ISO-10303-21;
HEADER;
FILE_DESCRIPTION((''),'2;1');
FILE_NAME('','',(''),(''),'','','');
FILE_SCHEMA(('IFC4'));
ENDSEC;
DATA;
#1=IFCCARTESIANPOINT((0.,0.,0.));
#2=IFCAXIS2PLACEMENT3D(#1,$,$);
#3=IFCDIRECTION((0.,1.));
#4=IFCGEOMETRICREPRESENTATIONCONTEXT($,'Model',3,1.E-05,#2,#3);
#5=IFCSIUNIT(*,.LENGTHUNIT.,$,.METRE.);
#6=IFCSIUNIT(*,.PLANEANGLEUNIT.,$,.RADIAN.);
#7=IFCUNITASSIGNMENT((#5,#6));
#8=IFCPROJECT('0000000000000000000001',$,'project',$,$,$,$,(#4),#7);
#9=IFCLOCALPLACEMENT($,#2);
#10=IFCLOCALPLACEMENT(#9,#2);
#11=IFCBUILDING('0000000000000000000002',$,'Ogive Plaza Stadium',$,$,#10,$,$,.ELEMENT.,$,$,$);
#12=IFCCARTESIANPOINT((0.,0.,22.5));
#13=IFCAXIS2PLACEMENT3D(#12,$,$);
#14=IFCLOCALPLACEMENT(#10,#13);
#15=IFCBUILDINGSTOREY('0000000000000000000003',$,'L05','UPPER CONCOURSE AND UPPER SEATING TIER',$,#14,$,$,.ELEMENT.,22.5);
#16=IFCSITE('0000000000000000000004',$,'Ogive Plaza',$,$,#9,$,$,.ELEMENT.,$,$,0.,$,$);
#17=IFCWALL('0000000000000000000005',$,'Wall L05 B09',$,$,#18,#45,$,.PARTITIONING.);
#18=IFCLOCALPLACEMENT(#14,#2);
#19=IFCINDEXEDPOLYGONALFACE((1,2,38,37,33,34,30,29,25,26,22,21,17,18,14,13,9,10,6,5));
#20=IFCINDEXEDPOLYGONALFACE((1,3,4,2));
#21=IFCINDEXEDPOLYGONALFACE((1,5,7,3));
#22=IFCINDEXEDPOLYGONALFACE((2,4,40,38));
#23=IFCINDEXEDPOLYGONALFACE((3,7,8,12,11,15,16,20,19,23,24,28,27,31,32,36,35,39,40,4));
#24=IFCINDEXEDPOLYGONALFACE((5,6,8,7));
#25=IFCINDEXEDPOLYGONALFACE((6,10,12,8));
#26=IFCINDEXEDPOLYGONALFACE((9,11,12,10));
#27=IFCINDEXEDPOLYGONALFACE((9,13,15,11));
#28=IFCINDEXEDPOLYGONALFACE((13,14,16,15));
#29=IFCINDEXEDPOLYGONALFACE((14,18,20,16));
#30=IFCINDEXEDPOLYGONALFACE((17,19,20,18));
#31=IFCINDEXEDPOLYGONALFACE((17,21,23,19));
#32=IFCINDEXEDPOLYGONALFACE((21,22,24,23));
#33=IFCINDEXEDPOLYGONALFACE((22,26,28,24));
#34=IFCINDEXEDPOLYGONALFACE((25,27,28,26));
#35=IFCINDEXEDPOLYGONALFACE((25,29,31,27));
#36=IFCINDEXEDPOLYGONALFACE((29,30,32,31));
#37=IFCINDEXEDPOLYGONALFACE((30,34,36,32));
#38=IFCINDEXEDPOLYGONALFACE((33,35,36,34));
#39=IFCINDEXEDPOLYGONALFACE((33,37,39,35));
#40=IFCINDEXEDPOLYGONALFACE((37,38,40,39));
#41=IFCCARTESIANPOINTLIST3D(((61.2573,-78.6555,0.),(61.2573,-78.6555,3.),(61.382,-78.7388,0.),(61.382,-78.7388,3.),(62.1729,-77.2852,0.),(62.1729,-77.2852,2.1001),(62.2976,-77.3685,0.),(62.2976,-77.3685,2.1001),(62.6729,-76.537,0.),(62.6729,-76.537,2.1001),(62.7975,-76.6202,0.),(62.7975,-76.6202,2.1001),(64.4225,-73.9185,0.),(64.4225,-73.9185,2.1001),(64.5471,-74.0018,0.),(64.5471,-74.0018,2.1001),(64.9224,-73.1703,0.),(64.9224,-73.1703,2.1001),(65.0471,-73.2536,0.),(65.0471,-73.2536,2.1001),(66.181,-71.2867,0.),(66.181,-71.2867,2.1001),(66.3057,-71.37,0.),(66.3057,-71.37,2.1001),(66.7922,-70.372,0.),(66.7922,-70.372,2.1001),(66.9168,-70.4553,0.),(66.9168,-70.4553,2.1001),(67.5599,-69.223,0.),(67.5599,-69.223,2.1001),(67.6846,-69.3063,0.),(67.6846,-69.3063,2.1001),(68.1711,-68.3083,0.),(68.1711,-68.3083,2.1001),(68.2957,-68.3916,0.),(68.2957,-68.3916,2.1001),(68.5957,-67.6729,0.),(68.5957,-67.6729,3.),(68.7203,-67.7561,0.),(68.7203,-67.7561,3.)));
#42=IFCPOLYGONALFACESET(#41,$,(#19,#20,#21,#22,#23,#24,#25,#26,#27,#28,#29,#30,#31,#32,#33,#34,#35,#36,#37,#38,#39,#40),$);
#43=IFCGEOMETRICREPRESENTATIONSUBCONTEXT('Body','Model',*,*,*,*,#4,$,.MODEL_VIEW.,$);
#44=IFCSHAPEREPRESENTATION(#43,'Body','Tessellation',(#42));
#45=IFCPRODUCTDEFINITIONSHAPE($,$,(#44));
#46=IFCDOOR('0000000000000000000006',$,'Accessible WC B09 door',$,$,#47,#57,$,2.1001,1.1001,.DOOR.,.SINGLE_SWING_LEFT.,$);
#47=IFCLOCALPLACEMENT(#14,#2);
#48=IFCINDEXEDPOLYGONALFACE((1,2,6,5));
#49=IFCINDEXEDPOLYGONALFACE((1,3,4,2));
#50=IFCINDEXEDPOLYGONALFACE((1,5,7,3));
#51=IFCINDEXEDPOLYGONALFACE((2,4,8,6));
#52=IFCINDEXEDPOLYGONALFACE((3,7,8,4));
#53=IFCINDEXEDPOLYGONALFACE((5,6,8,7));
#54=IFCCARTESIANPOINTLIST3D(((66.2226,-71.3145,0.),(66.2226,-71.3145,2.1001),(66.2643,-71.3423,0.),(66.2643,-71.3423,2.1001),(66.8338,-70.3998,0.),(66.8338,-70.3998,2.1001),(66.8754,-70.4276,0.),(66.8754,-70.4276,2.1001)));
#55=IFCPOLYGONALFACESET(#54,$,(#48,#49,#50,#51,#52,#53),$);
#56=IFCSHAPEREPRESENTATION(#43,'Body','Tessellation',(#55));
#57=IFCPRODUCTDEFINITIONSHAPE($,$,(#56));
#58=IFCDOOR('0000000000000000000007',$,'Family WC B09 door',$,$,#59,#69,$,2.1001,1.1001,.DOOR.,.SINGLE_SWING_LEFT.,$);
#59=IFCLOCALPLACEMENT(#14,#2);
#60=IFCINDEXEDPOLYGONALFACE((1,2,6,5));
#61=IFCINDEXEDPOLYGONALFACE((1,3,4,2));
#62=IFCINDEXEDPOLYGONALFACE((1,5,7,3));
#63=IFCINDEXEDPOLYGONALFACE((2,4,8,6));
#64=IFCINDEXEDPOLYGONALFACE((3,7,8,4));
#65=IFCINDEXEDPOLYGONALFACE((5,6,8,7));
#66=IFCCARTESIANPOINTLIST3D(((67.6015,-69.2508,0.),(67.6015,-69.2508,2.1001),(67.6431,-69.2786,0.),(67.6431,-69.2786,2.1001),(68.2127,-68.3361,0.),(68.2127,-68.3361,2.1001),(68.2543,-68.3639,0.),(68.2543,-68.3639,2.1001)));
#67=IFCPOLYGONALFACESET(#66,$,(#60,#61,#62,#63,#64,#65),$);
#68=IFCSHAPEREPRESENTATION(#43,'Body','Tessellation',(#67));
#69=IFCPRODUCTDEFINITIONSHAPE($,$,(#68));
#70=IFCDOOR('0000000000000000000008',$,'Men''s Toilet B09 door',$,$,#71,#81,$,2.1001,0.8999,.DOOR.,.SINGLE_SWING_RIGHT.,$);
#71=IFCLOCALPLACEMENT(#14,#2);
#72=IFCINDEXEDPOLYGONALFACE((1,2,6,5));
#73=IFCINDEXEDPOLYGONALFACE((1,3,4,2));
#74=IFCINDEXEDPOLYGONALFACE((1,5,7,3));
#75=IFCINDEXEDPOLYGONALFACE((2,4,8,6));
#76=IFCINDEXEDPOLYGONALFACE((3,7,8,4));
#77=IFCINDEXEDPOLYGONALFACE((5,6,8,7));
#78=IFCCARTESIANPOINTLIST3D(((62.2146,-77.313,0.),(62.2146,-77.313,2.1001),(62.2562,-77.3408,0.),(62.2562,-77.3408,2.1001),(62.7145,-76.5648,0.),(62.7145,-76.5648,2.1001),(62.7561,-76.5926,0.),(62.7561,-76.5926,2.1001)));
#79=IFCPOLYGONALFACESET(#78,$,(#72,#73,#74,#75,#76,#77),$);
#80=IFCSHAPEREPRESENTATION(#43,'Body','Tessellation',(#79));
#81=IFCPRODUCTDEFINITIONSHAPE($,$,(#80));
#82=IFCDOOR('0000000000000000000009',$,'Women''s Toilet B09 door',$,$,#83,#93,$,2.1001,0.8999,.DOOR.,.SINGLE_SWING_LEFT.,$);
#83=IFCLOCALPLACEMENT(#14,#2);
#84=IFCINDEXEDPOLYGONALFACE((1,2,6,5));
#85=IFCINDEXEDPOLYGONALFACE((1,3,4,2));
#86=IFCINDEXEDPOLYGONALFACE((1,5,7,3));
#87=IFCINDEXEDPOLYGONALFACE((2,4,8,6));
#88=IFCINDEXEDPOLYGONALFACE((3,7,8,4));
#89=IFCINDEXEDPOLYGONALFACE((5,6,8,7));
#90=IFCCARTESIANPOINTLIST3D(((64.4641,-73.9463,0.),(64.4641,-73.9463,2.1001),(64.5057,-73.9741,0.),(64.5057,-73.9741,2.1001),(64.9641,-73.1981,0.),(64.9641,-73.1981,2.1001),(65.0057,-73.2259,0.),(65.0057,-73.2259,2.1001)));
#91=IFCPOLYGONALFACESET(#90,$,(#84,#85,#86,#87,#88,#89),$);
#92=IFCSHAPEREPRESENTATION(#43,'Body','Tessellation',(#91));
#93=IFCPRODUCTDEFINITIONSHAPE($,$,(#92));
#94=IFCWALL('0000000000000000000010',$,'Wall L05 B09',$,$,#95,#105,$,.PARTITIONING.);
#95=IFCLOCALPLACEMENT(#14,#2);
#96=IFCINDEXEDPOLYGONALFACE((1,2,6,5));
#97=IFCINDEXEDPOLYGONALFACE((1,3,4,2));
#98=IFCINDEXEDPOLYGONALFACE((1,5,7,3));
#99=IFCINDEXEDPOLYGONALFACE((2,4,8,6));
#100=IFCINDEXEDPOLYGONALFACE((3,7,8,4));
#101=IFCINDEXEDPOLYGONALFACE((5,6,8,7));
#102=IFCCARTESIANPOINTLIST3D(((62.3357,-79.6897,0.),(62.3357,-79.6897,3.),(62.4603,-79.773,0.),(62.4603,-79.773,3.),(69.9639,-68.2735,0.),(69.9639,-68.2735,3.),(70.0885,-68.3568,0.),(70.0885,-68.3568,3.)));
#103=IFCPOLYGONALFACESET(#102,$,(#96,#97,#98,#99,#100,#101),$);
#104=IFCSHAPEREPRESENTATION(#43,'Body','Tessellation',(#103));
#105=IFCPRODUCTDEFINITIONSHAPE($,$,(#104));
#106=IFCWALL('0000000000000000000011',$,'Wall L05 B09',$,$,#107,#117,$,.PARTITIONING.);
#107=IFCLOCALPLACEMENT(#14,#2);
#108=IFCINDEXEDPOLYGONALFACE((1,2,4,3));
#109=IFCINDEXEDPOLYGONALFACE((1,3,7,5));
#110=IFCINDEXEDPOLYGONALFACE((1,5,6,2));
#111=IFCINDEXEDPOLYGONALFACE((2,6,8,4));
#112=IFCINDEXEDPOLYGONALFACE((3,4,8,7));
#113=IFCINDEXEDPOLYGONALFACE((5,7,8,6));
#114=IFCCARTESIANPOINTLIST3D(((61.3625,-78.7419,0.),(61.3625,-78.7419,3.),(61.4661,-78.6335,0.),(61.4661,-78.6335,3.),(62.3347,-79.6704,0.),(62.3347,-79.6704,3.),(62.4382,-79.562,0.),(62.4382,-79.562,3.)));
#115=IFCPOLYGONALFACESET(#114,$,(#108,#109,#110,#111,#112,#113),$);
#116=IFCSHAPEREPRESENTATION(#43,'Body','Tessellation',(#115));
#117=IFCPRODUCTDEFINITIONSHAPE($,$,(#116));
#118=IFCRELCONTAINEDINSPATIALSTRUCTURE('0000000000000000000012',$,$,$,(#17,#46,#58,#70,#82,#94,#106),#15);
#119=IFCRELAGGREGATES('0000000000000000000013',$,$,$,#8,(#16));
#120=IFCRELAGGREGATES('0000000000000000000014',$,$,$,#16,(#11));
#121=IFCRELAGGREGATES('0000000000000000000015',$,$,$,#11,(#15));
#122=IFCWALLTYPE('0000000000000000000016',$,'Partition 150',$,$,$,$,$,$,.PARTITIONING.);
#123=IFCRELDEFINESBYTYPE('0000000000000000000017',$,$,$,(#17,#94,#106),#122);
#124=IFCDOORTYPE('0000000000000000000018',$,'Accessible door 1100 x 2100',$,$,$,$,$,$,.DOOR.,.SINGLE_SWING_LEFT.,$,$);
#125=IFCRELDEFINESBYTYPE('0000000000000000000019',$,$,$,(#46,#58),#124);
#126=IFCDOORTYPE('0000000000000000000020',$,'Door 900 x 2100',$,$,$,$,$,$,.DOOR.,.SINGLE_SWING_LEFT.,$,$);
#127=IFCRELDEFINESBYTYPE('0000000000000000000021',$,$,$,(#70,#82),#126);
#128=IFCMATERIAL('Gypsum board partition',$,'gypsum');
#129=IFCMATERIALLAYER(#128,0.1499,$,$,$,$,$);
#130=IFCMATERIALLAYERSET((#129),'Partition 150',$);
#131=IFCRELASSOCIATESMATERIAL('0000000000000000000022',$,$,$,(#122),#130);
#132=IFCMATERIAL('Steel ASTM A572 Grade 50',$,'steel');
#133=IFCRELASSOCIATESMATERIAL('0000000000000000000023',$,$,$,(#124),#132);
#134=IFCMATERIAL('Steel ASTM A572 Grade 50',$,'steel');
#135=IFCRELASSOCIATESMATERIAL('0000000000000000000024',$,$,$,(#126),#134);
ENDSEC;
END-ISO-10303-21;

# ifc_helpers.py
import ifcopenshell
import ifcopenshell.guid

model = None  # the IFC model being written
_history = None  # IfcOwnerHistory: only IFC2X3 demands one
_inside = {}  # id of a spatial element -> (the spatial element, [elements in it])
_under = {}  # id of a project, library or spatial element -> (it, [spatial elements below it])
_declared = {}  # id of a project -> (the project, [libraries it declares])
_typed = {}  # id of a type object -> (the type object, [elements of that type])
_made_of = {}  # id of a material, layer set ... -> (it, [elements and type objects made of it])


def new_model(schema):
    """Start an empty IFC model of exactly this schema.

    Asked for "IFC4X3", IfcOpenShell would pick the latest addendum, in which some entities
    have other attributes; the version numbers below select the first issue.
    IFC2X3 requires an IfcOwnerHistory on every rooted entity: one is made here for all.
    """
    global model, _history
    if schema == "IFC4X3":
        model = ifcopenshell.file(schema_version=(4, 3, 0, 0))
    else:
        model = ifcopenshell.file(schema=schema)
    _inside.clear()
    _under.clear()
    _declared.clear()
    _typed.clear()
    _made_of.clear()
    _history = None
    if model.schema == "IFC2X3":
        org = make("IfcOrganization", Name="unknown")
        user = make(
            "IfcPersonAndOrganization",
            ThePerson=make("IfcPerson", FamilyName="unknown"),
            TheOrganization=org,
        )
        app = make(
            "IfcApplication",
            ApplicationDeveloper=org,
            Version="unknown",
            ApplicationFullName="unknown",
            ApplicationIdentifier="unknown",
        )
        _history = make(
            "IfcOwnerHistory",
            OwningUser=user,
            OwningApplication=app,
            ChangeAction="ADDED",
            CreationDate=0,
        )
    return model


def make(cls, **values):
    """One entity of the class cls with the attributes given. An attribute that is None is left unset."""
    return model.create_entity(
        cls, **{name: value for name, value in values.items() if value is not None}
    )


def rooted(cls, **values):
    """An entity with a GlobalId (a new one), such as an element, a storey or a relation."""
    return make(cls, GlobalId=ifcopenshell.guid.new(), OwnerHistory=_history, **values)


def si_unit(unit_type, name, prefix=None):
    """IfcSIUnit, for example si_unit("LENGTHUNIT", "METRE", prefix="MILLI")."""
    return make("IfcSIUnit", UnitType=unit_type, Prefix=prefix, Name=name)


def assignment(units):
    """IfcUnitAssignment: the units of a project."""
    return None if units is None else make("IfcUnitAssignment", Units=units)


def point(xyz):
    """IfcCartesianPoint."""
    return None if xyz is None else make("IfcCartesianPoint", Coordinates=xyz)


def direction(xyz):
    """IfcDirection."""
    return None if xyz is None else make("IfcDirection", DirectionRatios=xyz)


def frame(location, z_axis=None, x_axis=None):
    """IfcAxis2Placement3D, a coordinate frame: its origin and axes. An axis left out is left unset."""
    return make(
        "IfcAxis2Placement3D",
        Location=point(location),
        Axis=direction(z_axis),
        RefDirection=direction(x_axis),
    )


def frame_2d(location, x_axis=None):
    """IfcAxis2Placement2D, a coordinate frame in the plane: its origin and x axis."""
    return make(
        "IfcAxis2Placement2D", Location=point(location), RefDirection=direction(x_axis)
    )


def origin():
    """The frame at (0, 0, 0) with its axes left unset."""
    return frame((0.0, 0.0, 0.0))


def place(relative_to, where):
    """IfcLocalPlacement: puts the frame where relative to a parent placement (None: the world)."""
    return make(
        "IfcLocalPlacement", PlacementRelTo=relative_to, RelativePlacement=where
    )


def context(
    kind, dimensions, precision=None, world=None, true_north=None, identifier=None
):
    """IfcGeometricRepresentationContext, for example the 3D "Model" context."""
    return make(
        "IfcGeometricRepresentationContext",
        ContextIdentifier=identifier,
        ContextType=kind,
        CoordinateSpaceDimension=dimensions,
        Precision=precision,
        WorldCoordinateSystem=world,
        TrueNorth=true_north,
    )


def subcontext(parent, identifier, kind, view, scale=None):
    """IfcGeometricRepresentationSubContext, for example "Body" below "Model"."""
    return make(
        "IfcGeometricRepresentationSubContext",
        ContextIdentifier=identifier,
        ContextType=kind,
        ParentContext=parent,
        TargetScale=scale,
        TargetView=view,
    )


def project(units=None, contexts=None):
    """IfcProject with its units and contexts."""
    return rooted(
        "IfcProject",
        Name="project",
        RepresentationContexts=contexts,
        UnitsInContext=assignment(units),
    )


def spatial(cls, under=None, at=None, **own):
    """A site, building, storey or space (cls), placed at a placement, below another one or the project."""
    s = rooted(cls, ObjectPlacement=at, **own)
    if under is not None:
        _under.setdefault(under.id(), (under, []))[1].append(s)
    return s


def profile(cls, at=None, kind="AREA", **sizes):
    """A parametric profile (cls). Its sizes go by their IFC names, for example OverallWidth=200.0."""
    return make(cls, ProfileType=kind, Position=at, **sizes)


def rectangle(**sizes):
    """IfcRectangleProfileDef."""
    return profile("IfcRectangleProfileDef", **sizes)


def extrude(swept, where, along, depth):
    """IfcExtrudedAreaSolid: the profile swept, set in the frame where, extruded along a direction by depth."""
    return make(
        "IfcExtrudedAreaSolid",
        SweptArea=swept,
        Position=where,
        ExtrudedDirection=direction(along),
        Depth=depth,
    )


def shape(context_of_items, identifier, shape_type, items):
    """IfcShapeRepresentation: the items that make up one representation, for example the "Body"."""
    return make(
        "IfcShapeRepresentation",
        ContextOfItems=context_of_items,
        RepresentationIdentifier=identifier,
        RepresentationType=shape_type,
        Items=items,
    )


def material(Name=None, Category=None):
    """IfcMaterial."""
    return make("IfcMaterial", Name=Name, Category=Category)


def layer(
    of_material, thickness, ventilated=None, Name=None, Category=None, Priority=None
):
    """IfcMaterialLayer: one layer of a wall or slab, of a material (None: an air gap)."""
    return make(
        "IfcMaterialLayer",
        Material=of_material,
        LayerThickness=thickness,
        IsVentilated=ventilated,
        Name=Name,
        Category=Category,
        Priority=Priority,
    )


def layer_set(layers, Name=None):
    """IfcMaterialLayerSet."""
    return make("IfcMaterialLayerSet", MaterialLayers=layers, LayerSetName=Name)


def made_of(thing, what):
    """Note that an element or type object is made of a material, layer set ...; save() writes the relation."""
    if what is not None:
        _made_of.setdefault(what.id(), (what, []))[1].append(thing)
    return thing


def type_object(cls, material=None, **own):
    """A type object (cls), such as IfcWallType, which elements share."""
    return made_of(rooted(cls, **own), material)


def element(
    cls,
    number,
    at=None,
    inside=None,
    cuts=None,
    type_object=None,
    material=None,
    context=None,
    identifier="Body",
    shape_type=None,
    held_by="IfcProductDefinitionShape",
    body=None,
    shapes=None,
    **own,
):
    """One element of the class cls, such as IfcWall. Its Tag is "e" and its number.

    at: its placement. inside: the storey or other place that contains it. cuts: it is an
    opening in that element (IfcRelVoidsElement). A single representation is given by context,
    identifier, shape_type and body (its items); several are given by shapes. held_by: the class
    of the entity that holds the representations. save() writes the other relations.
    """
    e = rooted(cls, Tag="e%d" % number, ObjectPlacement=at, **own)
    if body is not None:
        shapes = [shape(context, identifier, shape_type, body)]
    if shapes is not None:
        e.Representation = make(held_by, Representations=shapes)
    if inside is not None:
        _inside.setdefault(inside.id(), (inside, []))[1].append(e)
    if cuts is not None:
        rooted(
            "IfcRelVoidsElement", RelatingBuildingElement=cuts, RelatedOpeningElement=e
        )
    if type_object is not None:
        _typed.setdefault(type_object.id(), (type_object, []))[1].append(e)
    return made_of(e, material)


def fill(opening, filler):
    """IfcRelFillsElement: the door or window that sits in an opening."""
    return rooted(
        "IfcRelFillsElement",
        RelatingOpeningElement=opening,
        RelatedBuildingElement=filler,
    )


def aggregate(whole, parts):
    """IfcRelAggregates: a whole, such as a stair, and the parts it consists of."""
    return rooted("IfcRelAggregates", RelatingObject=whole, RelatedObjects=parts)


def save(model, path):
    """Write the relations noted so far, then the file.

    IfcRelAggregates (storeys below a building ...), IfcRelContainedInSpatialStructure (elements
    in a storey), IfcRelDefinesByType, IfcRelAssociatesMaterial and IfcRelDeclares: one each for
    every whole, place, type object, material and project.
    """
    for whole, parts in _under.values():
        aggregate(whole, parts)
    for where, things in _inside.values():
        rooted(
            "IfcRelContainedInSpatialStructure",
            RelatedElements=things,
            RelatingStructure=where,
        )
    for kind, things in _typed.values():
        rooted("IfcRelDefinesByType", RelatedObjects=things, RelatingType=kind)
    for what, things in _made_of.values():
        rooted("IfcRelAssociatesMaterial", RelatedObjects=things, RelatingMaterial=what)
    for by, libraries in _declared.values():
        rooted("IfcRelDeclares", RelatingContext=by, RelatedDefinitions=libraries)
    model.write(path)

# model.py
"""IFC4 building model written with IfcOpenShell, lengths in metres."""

from ifc_helpers import new_model, si_unit, direction, frame, frame_2d, origin, place, context, subcontext, project, spatial, rectangle, extrude, material, layer, layer_set, type_object, element, fill, save


model = new_model("IFC4")

# Units and contexts
model_context = context("Model", 3, precision=1e-05, world=origin(), true_north=direction((0.0, 1.0)))
body_context = subcontext(model_context, "Body", "Model", "MODEL_VIEW")
ifc_project = project(units=[si_unit("LENGTHUNIT", "METRE"), si_unit("PLANEANGLEUNIT", "RADIAN")], contexts=[model_context])

# Site, building, storey
site_placement = place(None, origin())
site = spatial("IfcSite", under=ifc_project, at=site_placement, Name="Ogive Plaza", CompositionType="ELEMENT", RefElevation=0.0)
building_placement = place(site_placement, origin())
building = spatial("IfcBuilding", under=site, at=building_placement, Name="Ogive Plaza Stadium", CompositionType="ELEMENT")
storey_placement = place(building_placement, frame((0.0, 0.0, 22.5)))
storey = spatial("IfcBuildingStorey", under=building, at=storey_placement, Name="L05", Description="UPPER CONCOURSE AND UPPER SEATING TIER", CompositionType="ELEMENT", Elevation=22.5)

# Wall, openings, doors
ifc_material_1 = material(Name="Gypsum board partition", Category="gypsum")
ifc_layer_1 = layer(ifc_material_1, 0.1499)
ifc_layer_set_1 = layer_set([ifc_layer_1], Name="Partition 150")
wall_type_1 = type_object("IfcWallType", Name="Partition 150", PredefinedType="PARTITIONING", material=ifc_layer_set_1)
wall_1_placement = place(storey_placement, frame((61.3196, -78.6973, 0.0), z_axis=(0.0, 0.0, 1.0), x_axis=(0.55557, 0.83147, 0.0)))
wall_1 = element("IfcWall", 1, at=wall_1_placement, inside=storey, type_object=wall_type_1, Name="Wall L05 B09", PredefinedType="PARTITIONING", context=body_context, shape_type="SweptSolid", body=[
    extrude(rectangle(XDim=13.2087, YDim=0.1499, at=frame_2d((6.6045, 0.0))), origin(), (0.0, 0.0, 1.0), 3.0),
])
opening_1_placement = place(wall_1_placement, frame((1.6482, 0.0, 0.0)))
opening_1 = element("IfcOpeningElement", 2, at=opening_1_placement, cuts=wall_1, PredefinedType="OPENING", context=body_context, shape_type="SweptSolid", body=[
    extrude(rectangle(XDim=0.8999, YDim=2.1001, at=frame_2d((0.45, 1.05))), frame((0.0, 0.075, 0.0), z_axis=(0.0, -1.0, 0.0), x_axis=(1.0, 0.0, 0.0)), (0.0, 0.0, 1.0), 0.1499),
])
opening_2_placement = place(wall_1_placement, frame((5.6973, 0.0, 0.0)))
opening_2 = element("IfcOpeningElement", 3, at=opening_2_placement, cuts=wall_1, PredefinedType="OPENING", context=body_context, shape_type="SweptSolid", body=[
    extrude(rectangle(XDim=0.8999, YDim=2.1001, at=frame_2d((0.45, 1.05))), frame((0.0, 0.075, 0.0), z_axis=(0.0, -1.0, 0.0), x_axis=(1.0, 0.0, 0.0)), (0.0, 0.0, 1.0), 0.1499),
])
opening_3_placement = place(wall_1_placement, frame((8.8625, 0.0, 0.0)))
opening_3 = element("IfcOpeningElement", 4, at=opening_3_placement, cuts=wall_1, PredefinedType="OPENING", context=body_context, shape_type="SweptSolid", body=[
    extrude(rectangle(XDim=1.1001, YDim=2.1001, at=frame_2d((0.55, 1.05))), frame((0.0, 0.075, 0.0), z_axis=(0.0, -1.0, 0.0), x_axis=(1.0, 0.0, 0.0)), (0.0, 0.0, 1.0), 0.1499),
])
opening_4_placement = place(wall_1_placement, frame((11.3445, 0.0, 0.0)))
opening_4 = element("IfcOpeningElement", 5, at=opening_4_placement, cuts=wall_1, PredefinedType="OPENING", context=body_context, shape_type="SweptSolid", body=[
    extrude(rectangle(XDim=1.1001, YDim=2.1001, at=frame_2d((0.55, 1.05))), frame((0.0, 0.075, 0.0), z_axis=(0.0, -1.0, 0.0), x_axis=(1.0, 0.0, 0.0)), (0.0, 0.0, 1.0), 0.1499),
])
ifc_material_2 = material(Name="Steel ASTM A572 Grade 50", Category="steel")
door_type_1 = type_object("IfcDoorType", Name="Accessible door 1100 x 2100", OperationType="SINGLE_SWING_LEFT", PredefinedType="DOOR", material=ifc_material_2)
door_1_placement = place(opening_3_placement, origin())
door_1 = element("IfcDoor", 6, at=door_1_placement, inside=storey, type_object=door_type_1, Name="Accessible WC B09 door", OperationType="SINGLE_SWING_LEFT", OverallHeight=2.1001, OverallWidth=1.1001, PredefinedType="DOOR", context=body_context, shape_type="SweptSolid", body=[
    extrude(rectangle(XDim=1.1001, YDim=2.1001, at=frame_2d((0.55, 1.05))), frame((0.0, 0.0249, 0.0), z_axis=(0.0, -1.0, 0.0), x_axis=(1.0, 0.0, 0.0)), (0.0, 0.0, 1.0), 0.05),
])
fill(opening_3, door_1)
door_2_placement = place(opening_4_placement, origin())
door_2 = element("IfcDoor", 7, at=door_2_placement, inside=storey, type_object=door_type_1, Name="Family WC B09 door", OperationType="SINGLE_SWING_LEFT", OverallHeight=2.1001, OverallWidth=1.1001, PredefinedType="DOOR", context=body_context, shape_type="SweptSolid", body=[
    extrude(rectangle(XDim=1.1001, YDim=2.1001, at=frame_2d((0.55, 1.05))), frame((0.0, 0.0249, 0.0), z_axis=(0.0, -1.0, 0.0), x_axis=(1.0, 0.0, 0.0)), (0.0, 0.0, 1.0), 0.05),
])
fill(opening_4, door_2)
ifc_material_3 = material(Name="Steel ASTM A572 Grade 50", Category="steel")
door_type_2 = type_object("IfcDoorType", Name="Door 900 x 2100", OperationType="SINGLE_SWING_LEFT", PredefinedType="DOOR", material=ifc_material_3)
door_3_placement = place(opening_1_placement, origin())
door_3 = element("IfcDoor", 8, at=door_3_placement, inside=storey, type_object=door_type_2, Name="Men's Toilet B09 door", OperationType="SINGLE_SWING_RIGHT", OverallHeight=2.1001, OverallWidth=0.8999, PredefinedType="DOOR", context=body_context, shape_type="SweptSolid", body=[
    extrude(rectangle(XDim=0.8999, YDim=2.1001, at=frame_2d((0.45, 1.05))), frame((0.0, 0.0249, 0.0), z_axis=(0.0, -1.0, 0.0), x_axis=(1.0, 0.0, 0.0)), (0.0, 0.0, 1.0), 0.05),
])
fill(opening_1, door_3)
door_4_placement = place(opening_2_placement, origin())
door_4 = element("IfcDoor", 9, at=door_4_placement, inside=storey, type_object=door_type_2, Name="Women's Toilet B09 door", OperationType="SINGLE_SWING_LEFT", OverallHeight=2.1001, OverallWidth=0.8999, PredefinedType="DOOR", context=body_context, shape_type="SweptSolid", body=[
    extrude(rectangle(XDim=0.8999, YDim=2.1001, at=frame_2d((0.45, 1.05))), frame((0.0, 0.0249, 0.0), z_axis=(0.0, -1.0, 0.0), x_axis=(1.0, 0.0, 0.0)), (0.0, 0.0, 1.0), 0.05),
])
fill(opening_2, door_4)

# Walls
wall_2_placement = place(storey_placement, frame((62.3979, -79.7314, 0.0), z_axis=(0.0, 0.0, 1.0), x_axis=(0.555574, 0.831467, 0.0)))
element("IfcWall", 10, at=wall_2_placement, inside=storey, type_object=wall_type_1, Name="Wall L05 B09", PredefinedType="PARTITIONING", context=body_context, shape_type="SweptSolid", body=[
    extrude(rectangle(XDim=13.7302, YDim=0.1499, at=frame_2d((6.8652, 0.0))), origin(), (0.0, 0.0, 1.0), 3.0),
])
wall_3_placement = place(storey_placement, frame((61.4143, -78.6877, 0.0), z_axis=(0.0, 0.0, 1.0), x_axis=(0.723174, -0.690666, 0.0)))
element("IfcWall", 11, at=wall_3_placement, inside=storey, type_object=wall_type_1, Name="Wall L05 B09", PredefinedType="PARTITIONING", context=body_context, shape_type="SweptSolid", body=[
    extrude(rectangle(XDim=1.3442, YDim=0.1499, at=frame_2d((0.6721, 0.0))), origin(), (0.0, 0.0, 1.0), 3.0),
])

save(model, "model.ifc")
